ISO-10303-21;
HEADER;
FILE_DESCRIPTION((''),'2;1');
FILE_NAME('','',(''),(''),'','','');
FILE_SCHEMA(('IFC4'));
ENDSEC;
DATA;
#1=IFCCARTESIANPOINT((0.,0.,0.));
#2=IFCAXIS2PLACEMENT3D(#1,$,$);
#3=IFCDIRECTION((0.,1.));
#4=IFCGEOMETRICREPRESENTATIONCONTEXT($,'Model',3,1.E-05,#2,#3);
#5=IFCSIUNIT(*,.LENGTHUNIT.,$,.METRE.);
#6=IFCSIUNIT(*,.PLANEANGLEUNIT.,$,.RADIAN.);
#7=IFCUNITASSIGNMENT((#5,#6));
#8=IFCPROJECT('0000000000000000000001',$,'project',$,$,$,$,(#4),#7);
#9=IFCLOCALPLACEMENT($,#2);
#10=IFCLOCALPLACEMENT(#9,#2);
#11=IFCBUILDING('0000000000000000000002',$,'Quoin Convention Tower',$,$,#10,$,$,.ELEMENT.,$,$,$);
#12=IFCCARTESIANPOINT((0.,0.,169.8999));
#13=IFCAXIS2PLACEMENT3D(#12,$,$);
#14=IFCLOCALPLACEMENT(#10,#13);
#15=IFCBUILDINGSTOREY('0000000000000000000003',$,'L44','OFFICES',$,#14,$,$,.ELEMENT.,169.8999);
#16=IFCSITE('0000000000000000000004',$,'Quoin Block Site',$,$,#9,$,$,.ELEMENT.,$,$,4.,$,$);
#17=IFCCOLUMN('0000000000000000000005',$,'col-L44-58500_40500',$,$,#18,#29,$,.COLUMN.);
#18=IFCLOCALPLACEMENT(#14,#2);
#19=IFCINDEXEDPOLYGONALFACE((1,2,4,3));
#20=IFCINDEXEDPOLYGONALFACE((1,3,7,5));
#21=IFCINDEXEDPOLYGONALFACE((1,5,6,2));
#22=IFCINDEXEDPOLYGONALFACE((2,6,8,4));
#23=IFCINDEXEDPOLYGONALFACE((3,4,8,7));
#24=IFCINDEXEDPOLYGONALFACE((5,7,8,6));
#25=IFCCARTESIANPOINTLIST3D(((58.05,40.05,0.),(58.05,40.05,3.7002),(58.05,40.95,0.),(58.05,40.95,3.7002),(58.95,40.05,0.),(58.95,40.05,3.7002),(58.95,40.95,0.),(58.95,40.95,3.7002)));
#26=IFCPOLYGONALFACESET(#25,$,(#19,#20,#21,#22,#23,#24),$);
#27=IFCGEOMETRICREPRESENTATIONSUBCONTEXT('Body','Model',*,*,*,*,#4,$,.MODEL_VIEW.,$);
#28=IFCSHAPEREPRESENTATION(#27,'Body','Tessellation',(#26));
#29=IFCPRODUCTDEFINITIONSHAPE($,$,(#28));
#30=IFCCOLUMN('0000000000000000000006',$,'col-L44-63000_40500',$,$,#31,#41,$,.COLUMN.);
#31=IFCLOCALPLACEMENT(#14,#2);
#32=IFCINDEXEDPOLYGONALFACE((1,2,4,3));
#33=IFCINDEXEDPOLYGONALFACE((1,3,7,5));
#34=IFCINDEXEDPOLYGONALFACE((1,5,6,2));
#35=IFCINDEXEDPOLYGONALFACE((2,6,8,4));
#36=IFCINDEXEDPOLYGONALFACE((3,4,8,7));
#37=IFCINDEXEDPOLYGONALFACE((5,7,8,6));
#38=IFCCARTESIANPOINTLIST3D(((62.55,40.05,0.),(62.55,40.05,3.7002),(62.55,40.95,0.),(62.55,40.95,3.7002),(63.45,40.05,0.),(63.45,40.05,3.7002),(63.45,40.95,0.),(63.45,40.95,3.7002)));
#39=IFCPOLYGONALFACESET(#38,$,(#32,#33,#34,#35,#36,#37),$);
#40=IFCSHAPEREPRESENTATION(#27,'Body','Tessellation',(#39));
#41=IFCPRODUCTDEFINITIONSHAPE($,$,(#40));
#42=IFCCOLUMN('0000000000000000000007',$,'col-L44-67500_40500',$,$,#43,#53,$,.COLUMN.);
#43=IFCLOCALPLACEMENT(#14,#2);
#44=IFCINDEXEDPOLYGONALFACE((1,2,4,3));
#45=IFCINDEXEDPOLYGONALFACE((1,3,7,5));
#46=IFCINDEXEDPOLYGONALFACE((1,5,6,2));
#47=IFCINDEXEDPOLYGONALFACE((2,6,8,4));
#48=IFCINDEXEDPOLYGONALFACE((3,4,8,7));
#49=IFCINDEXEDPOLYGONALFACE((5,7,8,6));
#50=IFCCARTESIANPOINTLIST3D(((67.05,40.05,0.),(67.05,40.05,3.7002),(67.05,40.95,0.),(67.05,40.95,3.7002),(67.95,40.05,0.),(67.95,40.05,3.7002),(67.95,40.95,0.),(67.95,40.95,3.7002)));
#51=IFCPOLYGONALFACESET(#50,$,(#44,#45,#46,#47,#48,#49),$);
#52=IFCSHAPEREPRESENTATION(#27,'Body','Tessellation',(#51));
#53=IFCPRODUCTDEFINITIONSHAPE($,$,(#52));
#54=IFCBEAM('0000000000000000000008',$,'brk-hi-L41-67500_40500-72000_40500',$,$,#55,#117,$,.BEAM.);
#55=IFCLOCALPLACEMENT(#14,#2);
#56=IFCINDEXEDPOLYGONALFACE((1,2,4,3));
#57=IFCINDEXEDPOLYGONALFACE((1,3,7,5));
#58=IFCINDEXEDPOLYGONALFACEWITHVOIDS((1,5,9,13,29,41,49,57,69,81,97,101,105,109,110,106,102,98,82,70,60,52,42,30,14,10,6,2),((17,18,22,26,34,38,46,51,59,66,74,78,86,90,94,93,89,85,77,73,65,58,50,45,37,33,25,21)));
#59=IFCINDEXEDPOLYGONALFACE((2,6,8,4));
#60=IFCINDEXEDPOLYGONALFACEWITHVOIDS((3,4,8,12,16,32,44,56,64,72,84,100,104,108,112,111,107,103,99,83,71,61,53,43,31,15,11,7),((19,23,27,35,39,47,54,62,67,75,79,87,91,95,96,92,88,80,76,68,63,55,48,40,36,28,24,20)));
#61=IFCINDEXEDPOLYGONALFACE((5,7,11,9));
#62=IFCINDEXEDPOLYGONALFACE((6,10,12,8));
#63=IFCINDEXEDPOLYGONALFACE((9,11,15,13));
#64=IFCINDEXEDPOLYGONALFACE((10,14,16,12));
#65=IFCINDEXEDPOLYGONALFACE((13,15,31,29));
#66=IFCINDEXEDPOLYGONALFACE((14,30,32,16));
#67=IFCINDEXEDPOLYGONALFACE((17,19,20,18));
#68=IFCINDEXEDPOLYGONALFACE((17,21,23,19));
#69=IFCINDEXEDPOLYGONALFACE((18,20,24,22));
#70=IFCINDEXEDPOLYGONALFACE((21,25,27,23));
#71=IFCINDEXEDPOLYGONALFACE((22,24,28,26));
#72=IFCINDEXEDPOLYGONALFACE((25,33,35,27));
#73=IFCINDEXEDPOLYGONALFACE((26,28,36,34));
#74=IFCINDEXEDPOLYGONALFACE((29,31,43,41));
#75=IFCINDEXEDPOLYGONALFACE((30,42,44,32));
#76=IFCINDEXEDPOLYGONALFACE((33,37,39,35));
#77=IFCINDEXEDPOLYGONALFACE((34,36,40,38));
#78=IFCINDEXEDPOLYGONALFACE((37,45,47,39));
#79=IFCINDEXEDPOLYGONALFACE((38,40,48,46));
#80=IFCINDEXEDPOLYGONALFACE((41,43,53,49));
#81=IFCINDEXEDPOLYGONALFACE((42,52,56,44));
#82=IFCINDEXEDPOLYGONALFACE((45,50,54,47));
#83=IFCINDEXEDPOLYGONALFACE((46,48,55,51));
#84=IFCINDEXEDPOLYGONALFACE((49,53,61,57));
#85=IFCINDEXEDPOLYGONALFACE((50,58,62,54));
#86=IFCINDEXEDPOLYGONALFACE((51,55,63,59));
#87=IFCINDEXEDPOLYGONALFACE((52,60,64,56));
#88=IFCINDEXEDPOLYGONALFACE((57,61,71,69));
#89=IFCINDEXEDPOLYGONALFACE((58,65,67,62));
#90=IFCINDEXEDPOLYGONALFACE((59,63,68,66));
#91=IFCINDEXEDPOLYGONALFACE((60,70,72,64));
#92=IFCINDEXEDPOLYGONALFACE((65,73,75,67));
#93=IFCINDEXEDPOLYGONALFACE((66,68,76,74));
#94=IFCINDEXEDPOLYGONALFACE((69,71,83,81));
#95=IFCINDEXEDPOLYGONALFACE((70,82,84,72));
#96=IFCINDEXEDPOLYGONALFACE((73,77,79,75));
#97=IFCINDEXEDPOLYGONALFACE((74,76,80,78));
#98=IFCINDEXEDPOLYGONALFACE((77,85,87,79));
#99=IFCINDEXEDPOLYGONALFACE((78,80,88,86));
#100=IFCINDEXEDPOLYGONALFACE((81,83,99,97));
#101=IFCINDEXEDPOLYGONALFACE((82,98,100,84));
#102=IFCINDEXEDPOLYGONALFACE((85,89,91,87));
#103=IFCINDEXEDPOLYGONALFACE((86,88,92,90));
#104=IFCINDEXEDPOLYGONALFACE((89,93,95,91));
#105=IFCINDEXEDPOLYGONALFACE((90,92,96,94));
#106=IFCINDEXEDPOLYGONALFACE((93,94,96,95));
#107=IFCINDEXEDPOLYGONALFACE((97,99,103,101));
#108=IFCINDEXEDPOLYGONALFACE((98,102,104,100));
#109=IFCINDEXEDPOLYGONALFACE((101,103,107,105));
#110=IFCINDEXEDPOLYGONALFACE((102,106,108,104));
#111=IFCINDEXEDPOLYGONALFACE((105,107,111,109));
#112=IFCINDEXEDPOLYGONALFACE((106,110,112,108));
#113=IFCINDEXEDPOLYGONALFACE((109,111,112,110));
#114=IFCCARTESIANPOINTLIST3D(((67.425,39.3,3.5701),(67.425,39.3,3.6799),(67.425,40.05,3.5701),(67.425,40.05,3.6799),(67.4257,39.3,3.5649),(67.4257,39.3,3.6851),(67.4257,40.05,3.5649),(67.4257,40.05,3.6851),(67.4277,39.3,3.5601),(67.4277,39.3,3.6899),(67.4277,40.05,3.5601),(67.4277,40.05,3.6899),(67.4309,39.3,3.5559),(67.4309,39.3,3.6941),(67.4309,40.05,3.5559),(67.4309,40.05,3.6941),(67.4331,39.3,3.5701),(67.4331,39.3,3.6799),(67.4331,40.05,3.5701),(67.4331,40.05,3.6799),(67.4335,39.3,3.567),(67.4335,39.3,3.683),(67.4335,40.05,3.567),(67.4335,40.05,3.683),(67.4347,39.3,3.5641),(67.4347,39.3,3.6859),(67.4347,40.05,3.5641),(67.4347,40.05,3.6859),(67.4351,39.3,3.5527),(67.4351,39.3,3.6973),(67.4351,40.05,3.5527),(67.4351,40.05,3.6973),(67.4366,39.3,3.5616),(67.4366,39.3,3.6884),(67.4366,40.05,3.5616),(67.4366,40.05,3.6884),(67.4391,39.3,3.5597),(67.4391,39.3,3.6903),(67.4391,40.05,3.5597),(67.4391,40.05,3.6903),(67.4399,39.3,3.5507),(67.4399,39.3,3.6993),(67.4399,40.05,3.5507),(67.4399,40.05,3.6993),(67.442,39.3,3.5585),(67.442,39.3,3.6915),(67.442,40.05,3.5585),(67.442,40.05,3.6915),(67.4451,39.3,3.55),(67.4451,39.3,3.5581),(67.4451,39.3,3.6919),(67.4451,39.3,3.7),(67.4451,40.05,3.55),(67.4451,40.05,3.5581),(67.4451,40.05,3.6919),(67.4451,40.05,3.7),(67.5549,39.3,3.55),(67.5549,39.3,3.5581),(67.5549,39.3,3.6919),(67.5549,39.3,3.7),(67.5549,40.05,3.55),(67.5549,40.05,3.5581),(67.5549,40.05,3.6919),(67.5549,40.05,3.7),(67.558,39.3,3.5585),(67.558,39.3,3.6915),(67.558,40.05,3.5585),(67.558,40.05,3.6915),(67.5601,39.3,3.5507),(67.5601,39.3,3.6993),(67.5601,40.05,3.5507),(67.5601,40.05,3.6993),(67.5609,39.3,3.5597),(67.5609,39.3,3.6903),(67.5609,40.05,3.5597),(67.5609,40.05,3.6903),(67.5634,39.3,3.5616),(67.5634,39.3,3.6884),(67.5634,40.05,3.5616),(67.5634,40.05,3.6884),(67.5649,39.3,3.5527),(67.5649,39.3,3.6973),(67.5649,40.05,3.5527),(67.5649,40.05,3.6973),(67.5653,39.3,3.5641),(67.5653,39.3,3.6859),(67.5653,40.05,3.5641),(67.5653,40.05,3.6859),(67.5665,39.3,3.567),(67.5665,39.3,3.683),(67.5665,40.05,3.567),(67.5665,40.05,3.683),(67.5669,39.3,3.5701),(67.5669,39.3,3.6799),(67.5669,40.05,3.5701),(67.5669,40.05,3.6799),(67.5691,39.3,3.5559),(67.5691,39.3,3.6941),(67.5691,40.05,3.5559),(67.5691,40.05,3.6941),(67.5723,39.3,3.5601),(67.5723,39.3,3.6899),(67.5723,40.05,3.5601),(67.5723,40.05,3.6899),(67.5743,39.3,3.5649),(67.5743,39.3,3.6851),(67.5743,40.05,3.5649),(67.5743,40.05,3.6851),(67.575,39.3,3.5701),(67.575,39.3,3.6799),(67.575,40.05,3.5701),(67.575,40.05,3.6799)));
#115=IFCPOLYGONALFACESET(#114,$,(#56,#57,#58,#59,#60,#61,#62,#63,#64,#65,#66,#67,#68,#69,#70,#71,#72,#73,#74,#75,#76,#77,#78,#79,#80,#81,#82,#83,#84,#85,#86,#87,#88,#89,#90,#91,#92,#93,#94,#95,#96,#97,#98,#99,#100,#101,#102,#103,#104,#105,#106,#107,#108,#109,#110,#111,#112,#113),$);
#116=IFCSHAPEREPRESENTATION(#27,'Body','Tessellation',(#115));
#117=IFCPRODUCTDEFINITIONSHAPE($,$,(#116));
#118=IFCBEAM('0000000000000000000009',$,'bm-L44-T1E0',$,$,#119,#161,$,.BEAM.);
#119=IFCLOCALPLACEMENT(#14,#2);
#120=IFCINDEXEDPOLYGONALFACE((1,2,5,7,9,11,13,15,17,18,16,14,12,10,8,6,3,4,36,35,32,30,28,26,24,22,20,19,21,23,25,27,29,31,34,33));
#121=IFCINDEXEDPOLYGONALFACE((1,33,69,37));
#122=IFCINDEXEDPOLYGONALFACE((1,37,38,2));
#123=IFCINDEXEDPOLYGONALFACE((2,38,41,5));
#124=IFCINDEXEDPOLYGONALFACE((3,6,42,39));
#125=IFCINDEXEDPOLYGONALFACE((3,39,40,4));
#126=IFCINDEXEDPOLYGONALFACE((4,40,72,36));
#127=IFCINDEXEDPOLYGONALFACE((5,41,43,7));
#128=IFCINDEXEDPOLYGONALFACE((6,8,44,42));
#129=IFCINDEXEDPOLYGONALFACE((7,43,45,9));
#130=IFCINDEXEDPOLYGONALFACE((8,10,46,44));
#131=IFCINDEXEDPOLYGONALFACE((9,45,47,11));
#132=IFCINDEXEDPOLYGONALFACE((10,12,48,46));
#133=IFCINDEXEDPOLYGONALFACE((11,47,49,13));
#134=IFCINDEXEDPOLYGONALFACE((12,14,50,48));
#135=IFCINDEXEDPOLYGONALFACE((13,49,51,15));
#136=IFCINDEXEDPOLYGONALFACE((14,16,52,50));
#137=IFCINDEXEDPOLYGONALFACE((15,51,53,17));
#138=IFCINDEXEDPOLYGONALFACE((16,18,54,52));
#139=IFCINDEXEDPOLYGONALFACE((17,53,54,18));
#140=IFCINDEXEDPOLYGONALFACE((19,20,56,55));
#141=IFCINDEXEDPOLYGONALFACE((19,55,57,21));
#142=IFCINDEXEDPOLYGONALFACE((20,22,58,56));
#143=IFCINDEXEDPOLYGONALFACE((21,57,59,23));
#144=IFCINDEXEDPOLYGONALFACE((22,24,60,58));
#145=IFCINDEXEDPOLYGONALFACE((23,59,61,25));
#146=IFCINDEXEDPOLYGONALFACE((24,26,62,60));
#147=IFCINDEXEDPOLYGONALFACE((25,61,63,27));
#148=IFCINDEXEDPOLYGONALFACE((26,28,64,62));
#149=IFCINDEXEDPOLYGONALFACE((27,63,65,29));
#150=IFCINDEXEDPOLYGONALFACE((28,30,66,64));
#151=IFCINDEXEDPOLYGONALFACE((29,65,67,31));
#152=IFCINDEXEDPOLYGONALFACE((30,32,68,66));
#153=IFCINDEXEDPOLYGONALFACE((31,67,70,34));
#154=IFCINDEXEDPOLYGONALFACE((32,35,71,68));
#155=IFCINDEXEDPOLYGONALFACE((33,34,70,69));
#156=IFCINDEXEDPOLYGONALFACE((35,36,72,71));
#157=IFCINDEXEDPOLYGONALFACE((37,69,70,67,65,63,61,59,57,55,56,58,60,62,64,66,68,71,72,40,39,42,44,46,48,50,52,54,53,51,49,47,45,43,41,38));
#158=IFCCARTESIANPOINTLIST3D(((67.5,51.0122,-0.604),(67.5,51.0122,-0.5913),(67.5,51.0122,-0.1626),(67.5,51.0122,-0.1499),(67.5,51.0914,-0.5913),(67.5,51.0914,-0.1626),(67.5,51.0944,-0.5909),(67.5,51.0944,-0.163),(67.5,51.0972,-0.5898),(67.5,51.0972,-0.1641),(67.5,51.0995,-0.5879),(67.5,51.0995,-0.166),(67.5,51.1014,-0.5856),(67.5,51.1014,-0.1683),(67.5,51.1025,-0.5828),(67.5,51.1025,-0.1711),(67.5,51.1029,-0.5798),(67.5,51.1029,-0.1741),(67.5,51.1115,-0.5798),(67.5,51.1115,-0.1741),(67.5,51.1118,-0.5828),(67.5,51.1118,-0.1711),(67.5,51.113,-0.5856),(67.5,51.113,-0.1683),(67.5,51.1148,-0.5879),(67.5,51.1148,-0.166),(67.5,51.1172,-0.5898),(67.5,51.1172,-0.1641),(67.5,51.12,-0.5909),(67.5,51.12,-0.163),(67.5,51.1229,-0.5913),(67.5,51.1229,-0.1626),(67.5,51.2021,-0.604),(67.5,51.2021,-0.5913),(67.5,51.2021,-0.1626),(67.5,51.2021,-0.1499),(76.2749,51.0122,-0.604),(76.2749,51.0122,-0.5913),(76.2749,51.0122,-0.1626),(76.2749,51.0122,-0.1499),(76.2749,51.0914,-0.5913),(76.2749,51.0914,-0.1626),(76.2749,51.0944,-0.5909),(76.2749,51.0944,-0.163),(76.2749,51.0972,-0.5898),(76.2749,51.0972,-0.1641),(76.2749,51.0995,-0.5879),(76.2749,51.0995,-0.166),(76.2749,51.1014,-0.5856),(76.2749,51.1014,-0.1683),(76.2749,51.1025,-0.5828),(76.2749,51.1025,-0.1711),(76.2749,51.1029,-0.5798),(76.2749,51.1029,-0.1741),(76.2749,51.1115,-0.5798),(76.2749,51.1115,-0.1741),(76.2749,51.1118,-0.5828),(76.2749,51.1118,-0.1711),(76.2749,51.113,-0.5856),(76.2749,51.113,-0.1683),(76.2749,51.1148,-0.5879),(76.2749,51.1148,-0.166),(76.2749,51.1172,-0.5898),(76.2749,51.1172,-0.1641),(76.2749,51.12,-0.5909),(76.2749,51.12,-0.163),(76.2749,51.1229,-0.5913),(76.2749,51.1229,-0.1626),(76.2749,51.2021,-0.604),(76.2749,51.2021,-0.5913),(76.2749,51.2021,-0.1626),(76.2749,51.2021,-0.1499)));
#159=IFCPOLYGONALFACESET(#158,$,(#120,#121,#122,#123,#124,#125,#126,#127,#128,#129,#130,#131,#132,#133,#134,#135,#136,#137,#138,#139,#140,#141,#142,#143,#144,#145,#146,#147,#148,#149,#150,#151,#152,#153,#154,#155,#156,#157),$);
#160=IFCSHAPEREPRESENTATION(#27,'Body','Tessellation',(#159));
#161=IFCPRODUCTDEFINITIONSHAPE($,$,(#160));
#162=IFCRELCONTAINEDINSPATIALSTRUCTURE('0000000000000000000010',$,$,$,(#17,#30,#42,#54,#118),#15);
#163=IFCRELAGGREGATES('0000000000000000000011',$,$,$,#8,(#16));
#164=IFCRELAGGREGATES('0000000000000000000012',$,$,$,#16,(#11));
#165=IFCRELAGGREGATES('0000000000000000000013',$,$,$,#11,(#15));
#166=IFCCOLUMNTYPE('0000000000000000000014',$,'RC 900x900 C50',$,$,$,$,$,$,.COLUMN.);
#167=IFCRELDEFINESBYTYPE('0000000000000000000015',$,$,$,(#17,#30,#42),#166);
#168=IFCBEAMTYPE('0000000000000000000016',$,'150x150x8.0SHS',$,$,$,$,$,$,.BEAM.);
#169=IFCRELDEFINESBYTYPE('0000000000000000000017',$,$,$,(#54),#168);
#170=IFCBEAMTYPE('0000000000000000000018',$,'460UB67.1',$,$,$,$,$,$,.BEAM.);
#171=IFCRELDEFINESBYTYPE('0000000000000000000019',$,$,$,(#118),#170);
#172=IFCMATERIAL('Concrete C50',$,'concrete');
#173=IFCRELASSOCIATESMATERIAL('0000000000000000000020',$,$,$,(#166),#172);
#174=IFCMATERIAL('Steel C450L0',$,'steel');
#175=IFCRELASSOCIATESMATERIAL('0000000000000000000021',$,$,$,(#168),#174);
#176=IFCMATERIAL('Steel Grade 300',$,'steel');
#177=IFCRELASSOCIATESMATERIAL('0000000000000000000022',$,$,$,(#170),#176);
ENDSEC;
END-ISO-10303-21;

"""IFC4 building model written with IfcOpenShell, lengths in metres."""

from ifc_helpers import new_model, si_unit, direction, frame, origin, origin_2d, place, context, subcontext, project, spatial, rectangle, hollow_rectangle, i_section, extrude, material, material_profile, profile_set, type_object, element, save


model = new_model("IFC4")

# Units and contexts
model_context = context("Model", 3, precision=1e-05, world=origin(), true_north=direction((0.0, 1.0)))
body_context = subcontext(model_context, "Body", "Model", "MODEL_VIEW")
ifc_project = project(units=[si_unit("LENGTHUNIT", "METRE"), si_unit("PLANEANGLEUNIT", "RADIAN")], contexts=[model_context])

# Site, building, storey
site_placement = place(None, origin())
site = spatial("IfcSite", under=ifc_project, at=site_placement, Name="Quoin Block Site", CompositionType="ELEMENT", RefElevation=4.0)
building_placement = place(site_placement, origin())
building = spatial("IfcBuilding", under=site, at=building_placement, Name="Quoin Convention Tower", CompositionType="ELEMENT")
storey_placement = place(building_placement, frame((0.0, 0.0, 169.8999)))
storey = spatial("IfcBuildingStorey", under=building, at=storey_placement, Name="L44", Description="OFFICES", CompositionType="ELEMENT", Elevation=169.8999)

# Columns
ifc_material_1 = material(Name="Concrete C50", Category="concrete")
ifc_material_profile_1 = material_profile(ifc_material_1, rectangle(XDim=0.8999, YDim=0.8999, at=origin_2d()), Name="RC 900x900")
ifc_profile_set_1 = profile_set([ifc_material_profile_1], Name="Concrete C50")
column_type = type_object("IfcColumnType", Name="RC 900x900 C50", PredefinedType="COLUMN", material=ifc_profile_set_1)
for number, where, z_axis, x_axis, name in (
    (1, (58.5, 40.5, 0.0), (0.0, 0.0, 1.0), (1.0, 0.0, 0.0), "col-L44-58500_40500"),
    (2, (63.0, 40.5, 0.0), (0.0, 0.0, 1.0), (1.0, 0.0, 0.0), "col-L44-63000_40500"),
    (3, (67.5, 40.5, 0.0), (0.0, 0.0, 1.0), (1.0, 0.0, 0.0), "col-L44-67500_40500"),
):
    element("IfcColumn", number, at=place(storey_placement, frame(where, z_axis=z_axis, x_axis=x_axis)), inside=storey, type_object=column_type, Name=name, PredefinedType="COLUMN", context=body_context, shape_type="SweptSolid", body=[
        extrude(rectangle(XDim=0.8999, YDim=0.8999, at=origin_2d()), origin(), (0.0, 0.0, 1.0), 3.7002),
    ])

# Beams
ifc_material_2 = material(Name="Steel C450L0", Category="steel")
ifc_material_profile_2 = material_profile(ifc_material_2, hollow_rectangle(XDim=0.1499, YDim=0.1499, WallThickness=0.0081, InnerFilletRadius=0.012, OuterFilletRadius=0.02, at=origin_2d()), Name="150x150x8.0SHS")
ifc_profile_set_2 = profile_set([ifc_material_profile_2], Name="Steel C450L0")
beam_type_1 = type_object("IfcBeamType", Name="150x150x8.0SHS", PredefinedType="BEAM", material=ifc_profile_set_2)
beam_1_placement = place(storey_placement, frame((67.5, 40.05, 3.625), z_axis=(0.0, -1.0, 0.0), x_axis=(1.0, 0.0, 0.0)))
element("IfcBeam", 4, at=beam_1_placement, inside=storey, type_object=beam_type_1, Name="brk-hi-L41-67500_40500-72000_40500", PredefinedType="BEAM", context=body_context, shape_type="SweptSolid", body=[
    extrude(hollow_rectangle(XDim=0.1499, YDim=0.1499, WallThickness=0.0081, InnerFilletRadius=0.012, OuterFilletRadius=0.02, at=origin_2d()), origin(), (0.0, 0.0, 1.0), 0.75),
])
ifc_material_3 = material(Name="Steel Grade 300", Category="steel")
ifc_material_profile_3 = material_profile(ifc_material_3, i_section(OverallWidth=0.1899, OverallDepth=0.4541, WebThickness=0.0085, FlangeThickness=0.0127, FilletRadius=0.0115, at=origin_2d()), Name="460UB67.1")
ifc_profile_set_3 = profile_set([ifc_material_profile_3], Name="Steel Grade 300")
beam_type_2 = type_object("IfcBeamType", Name="460UB67.1", PredefinedType="BEAM", material=ifc_profile_set_3)
for number, where, z_axis, x_axis, name in (
    (5, (67.5, 51.1072, -0.377), (1.0, 0.0, 0.0), (0.0, 1.0, 0.0), "bm-L44-T1E0"),
):
    element("IfcBeam", number, at=place(storey_placement, frame(where, z_axis=z_axis, x_axis=x_axis)), inside=storey, type_object=beam_type_2, Name=name, PredefinedType="BEAM", context=body_context, shape_type="SweptSolid", body=[
        extrude(i_section(OverallWidth=0.1899, OverallDepth=0.4541, WebThickness=0.0085, FlangeThickness=0.0127, FilletRadius=0.0115, at=origin_2d()), origin(), (0.0, 0.0, 1.0), 8.7749),
    ])

save(model, "model.ifc")
